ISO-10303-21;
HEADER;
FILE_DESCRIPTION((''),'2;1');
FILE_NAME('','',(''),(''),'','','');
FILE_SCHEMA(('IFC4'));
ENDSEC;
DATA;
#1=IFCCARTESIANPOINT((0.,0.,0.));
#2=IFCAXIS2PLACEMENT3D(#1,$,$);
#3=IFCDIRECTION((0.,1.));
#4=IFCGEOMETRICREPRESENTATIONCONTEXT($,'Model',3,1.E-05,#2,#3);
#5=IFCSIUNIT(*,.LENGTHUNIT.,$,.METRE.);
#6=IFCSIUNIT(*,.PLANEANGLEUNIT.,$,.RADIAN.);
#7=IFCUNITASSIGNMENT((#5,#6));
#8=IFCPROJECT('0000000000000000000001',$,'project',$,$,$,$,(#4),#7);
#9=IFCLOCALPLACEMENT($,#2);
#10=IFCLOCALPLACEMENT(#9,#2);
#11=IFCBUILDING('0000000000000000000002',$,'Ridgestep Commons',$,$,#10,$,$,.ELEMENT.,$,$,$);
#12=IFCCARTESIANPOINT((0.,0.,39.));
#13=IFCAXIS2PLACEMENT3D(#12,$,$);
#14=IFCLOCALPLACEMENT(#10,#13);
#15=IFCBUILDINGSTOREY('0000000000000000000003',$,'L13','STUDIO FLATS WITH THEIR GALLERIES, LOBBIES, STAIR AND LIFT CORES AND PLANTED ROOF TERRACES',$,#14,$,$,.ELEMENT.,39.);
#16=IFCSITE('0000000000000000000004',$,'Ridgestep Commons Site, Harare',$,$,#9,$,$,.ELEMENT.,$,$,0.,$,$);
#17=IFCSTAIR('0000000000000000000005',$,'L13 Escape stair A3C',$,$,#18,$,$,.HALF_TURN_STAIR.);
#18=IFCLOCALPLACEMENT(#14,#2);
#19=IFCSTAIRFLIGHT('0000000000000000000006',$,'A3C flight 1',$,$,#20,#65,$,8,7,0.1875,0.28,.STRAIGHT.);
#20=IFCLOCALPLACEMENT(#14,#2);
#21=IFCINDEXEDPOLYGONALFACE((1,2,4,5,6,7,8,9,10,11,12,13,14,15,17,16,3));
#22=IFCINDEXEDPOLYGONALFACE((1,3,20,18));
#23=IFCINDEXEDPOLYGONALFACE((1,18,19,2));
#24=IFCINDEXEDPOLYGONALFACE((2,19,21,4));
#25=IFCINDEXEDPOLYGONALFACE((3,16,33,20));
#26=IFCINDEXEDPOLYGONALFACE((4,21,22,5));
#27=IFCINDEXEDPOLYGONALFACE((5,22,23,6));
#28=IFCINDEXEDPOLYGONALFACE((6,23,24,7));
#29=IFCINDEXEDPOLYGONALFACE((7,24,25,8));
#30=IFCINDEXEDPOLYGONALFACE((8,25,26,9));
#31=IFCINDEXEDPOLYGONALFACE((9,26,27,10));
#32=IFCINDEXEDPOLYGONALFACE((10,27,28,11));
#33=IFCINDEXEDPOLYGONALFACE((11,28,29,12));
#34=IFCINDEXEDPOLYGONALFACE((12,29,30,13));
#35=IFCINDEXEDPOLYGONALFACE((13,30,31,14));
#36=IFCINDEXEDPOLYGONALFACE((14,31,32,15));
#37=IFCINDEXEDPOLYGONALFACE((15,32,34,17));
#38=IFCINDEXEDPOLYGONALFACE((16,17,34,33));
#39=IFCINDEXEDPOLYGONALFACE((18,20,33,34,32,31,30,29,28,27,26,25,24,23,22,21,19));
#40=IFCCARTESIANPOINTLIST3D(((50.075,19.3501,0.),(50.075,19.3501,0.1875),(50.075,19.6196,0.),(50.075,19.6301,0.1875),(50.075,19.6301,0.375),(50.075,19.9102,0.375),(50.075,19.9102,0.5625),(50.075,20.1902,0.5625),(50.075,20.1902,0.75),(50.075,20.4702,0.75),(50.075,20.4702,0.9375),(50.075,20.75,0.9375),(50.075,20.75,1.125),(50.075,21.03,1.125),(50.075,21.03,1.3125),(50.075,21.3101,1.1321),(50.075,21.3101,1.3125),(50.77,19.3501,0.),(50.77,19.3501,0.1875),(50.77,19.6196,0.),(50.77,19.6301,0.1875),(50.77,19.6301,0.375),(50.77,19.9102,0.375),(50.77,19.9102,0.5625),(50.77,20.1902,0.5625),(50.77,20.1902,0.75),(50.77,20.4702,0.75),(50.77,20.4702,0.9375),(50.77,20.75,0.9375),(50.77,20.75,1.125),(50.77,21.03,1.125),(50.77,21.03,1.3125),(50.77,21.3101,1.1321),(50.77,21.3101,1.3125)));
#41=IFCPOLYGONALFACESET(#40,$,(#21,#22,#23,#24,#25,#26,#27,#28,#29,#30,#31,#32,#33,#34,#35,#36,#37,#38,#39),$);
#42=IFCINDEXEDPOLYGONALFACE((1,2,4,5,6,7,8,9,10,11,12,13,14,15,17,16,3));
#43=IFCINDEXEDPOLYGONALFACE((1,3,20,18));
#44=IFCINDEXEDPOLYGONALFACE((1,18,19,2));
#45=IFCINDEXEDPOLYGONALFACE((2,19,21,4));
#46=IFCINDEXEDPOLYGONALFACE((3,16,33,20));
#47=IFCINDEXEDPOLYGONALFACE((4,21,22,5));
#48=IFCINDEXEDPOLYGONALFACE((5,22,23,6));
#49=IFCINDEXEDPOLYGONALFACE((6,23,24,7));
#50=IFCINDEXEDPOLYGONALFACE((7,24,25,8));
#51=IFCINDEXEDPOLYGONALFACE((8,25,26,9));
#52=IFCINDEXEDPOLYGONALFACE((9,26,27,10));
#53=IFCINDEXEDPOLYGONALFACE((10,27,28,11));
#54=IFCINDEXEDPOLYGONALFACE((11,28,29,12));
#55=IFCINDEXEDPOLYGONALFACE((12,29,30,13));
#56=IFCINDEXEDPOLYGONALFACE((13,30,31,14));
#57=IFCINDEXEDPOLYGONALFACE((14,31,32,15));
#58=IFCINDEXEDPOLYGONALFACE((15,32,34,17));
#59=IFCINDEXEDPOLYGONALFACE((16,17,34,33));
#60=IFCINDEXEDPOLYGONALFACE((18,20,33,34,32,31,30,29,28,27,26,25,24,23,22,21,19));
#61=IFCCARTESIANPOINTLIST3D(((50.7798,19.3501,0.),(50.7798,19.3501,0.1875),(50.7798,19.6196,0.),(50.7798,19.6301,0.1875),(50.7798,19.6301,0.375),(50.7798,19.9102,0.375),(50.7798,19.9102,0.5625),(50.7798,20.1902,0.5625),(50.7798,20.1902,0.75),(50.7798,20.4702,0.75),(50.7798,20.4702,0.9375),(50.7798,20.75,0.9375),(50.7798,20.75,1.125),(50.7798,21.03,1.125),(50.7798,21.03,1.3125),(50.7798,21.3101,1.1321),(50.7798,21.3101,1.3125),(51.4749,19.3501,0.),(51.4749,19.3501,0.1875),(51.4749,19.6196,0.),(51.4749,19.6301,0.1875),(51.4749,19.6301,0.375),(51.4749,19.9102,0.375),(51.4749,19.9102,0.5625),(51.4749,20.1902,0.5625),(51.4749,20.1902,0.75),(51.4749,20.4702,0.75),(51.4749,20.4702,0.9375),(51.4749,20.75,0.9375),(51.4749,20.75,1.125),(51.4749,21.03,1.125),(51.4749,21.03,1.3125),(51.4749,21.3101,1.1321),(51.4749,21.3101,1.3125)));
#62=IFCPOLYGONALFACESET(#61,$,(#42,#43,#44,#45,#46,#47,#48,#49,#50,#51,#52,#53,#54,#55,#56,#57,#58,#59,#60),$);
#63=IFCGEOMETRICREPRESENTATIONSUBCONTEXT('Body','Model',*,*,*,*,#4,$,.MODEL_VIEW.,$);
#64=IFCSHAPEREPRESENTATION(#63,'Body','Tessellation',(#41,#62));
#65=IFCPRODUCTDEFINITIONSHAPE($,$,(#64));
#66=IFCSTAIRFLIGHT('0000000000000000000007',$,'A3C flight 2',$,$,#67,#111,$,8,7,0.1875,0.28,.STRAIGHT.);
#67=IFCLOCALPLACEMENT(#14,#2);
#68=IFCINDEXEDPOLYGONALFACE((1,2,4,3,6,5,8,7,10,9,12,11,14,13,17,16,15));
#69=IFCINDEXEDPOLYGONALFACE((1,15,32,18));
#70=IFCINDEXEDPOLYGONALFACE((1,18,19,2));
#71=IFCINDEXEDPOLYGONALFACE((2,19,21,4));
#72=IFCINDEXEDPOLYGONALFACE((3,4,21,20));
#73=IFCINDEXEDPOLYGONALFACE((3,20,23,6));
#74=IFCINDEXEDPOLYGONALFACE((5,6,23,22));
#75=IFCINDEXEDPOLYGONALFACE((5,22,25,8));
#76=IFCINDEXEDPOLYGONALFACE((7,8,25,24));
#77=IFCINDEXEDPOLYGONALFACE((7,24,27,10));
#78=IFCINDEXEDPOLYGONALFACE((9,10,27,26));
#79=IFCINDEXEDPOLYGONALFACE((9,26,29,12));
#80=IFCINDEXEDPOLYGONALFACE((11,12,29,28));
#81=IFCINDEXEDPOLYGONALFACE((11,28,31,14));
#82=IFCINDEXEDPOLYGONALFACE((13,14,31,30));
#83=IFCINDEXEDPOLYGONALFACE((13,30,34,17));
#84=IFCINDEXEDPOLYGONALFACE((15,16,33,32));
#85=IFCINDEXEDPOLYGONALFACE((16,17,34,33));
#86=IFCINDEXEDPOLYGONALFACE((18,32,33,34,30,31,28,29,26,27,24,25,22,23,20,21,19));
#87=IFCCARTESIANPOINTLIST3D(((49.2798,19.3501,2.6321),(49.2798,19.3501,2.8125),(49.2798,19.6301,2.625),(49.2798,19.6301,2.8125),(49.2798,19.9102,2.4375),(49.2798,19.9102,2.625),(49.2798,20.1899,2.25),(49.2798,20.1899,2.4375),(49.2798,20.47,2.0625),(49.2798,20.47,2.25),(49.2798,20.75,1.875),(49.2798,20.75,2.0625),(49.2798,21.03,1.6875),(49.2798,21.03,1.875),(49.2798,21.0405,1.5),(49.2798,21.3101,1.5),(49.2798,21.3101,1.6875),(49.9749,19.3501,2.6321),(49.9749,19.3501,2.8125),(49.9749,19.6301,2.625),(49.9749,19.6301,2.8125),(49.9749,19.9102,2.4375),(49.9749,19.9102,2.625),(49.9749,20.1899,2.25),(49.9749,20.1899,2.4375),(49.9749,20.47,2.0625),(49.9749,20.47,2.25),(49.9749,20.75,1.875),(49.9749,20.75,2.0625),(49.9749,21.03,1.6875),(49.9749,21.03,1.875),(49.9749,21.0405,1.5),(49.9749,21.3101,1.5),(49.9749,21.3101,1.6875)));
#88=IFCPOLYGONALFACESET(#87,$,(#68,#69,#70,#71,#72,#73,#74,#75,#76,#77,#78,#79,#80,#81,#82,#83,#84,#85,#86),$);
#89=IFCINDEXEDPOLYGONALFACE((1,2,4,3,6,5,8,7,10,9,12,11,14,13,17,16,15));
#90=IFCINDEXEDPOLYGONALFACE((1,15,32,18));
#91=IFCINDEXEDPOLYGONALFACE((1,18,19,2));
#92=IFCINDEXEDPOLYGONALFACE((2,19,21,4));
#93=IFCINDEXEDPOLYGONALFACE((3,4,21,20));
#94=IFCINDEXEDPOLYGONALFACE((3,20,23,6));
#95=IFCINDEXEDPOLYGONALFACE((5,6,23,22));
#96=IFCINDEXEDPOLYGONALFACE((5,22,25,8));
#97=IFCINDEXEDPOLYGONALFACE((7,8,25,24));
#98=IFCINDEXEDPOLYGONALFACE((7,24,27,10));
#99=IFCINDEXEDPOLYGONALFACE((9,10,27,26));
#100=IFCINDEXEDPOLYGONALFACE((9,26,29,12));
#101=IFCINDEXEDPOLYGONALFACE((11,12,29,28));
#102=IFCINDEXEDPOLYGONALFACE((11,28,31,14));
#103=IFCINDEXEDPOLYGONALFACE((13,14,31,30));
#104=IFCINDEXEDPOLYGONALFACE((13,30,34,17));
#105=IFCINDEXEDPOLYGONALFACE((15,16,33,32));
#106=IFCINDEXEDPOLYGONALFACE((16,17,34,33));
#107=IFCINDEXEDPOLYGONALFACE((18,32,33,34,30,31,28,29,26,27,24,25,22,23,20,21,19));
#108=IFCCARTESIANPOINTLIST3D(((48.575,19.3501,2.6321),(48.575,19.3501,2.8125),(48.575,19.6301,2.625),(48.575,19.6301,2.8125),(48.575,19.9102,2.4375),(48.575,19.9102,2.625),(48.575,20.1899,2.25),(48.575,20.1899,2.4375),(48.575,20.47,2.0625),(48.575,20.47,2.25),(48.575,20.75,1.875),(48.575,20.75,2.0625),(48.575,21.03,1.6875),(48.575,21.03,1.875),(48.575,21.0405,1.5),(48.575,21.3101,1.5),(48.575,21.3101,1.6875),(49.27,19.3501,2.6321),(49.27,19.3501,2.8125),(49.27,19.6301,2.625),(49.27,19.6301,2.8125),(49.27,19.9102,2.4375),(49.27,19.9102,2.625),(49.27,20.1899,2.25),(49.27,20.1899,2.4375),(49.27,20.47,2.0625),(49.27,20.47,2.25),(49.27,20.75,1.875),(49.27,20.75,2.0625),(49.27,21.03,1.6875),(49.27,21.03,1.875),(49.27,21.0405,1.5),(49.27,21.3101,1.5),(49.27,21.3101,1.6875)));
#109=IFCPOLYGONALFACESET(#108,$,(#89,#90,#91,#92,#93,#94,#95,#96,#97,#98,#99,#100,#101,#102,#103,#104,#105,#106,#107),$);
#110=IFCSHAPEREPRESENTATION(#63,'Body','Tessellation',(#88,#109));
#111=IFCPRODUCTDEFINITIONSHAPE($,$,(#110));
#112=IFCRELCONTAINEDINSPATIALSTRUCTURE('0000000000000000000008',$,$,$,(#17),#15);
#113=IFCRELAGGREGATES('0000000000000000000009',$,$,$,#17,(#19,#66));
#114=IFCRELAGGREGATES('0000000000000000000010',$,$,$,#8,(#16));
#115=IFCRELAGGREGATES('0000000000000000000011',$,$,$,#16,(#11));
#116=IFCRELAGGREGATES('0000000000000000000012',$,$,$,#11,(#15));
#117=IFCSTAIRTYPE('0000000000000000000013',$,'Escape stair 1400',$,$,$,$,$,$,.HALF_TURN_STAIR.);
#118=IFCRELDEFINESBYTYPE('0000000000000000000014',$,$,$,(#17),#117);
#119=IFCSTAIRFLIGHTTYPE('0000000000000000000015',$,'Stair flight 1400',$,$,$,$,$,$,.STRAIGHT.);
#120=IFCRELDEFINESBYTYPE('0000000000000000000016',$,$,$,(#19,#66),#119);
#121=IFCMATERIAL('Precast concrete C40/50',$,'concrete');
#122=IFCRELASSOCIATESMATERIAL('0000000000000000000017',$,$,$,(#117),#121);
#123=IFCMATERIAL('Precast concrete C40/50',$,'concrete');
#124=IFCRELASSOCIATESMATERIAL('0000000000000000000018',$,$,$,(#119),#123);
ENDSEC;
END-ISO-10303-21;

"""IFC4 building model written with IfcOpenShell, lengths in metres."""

from ifc_helpers import new_model, si_unit, direction, frame, origin, place, context, subcontext, project, spatial, polyline, outline, extrude, material, type_object, element, aggregate, save


model = new_model("IFC4")

# Units and contexts
model_context = context("Model", 3, precision=1e-05, world=origin(), true_north=direction((0.0, 1.0)))
body_context = subcontext(model_context, "Body", "Model", "MODEL_VIEW")
ifc_project = project(units=[si_unit("LENGTHUNIT", "METRE"), si_unit("PLANEANGLEUNIT", "RADIAN")], contexts=[model_context])

# Site, building, storey
site_placement = place(None, origin())
site = spatial("IfcSite", under=ifc_project, at=site_placement, Name="Ridgestep Commons Site, Harare", CompositionType="ELEMENT", RefElevation=0.0)
building_placement = place(site_placement, origin())
building = spatial("IfcBuilding", under=site, at=building_placement, Name="Ridgestep Commons", CompositionType="ELEMENT")
storey_placement = place(building_placement, frame((0.0, 0.0, 39.0)))
storey = spatial("IfcBuildingStorey", under=building, at=storey_placement, Name="L13", Description="STUDIO FLATS WITH THEIR GALLERIES, LOBBIES, STAIR AND LIFT CORES AND PLANTED ROOF TERRACES", CompositionType="ELEMENT", Elevation=39.0)

# Stair, stair flights
ifc_material_1 = material(Name="Precast concrete C40/50", Category="concrete")
stair_type = type_object("IfcStairType", Name="Escape stair 1400", PredefinedType="HALF_TURN_STAIR", material=ifc_material_1)
stair_placement = place(storey_placement, origin())
stair = element("IfcStair", 1, at=stair_placement, inside=storey, type_object=stair_type, Name="L13 Escape stair A3C", PredefinedType="HALF_TURN_STAIR")
ifc_material_2 = material(Name="Precast concrete C40/50", Category="concrete")
stair_flight_type = type_object("IfcStairFlightType", Name="Stair flight 1400", PredefinedType="STRAIGHT", material=ifc_material_2)
stair_flight_1_placement = place(storey_placement, frame((50.7749, 19.3501, 0.0), z_axis=(0.0, 0.0, 1.0), x_axis=(0.0, 1.0, 0.0)))
stair_flight_1 = element("IfcStairFlight", 2, at=stair_flight_1_placement, type_object=stair_flight_type, Name="A3C flight 1", NumberOfRisers=8, NumberOfTreads=7, PredefinedType="STRAIGHT", RiserHeight=0.1875, TreadLength=0.28, context=body_context, shape_type="SweptSolid", body=[
    extrude(outline(polyline([(0.0, 0.0), (0.0, 0.1875), (0.28, 0.1875), (0.28, 0.375), (0.5601, 0.375), (0.5601, 0.5625), (0.8401, 0.5625), (0.8401, 0.75), (1.1201, 0.75), (1.1201, 0.9375), (1.3999, 0.9375), (1.3999, 1.125), (1.6799, 1.125), (1.6799, 1.3125), (1.96, 1.3125), (1.96, 1.5), (1.96, 1.1321), (0.2695, 0.0), (0.0, 0.0)])), frame((0.0, 0.7, 0.0), z_axis=(0.0, -1.0, 0.0), x_axis=(1.0, 0.0, 0.0)), (0.0, 0.0, 1.0), 0.6951),
    extrude(outline(polyline([(0.0, 0.0), (0.0, 0.1875), (0.28, 0.1875), (0.28, 0.375), (0.5601, 0.375), (0.5601, 0.5625), (0.8401, 0.5625), (0.8401, 0.75), (1.1201, 0.75), (1.1201, 0.9375), (1.3999, 0.9375), (1.3999, 1.125), (1.6799, 1.125), (1.6799, 1.3125), (1.96, 1.3125), (1.96, 1.5), (1.96, 1.1321), (0.2695, 0.0), (0.0, 0.0)])), frame((0.0, -0.0049, 0.0), z_axis=(0.0, -1.0, 0.0), x_axis=(1.0, 0.0, 0.0)), (0.0, 0.0, 1.0), 0.6951),
])
stair_flight_2_placement = place(storey_placement, frame((49.2749, 21.3101, 1.5), z_axis=(0.0, 0.0, 1.0), x_axis=(0.0, -1.0, 0.0)))
stair_flight_2 = element("IfcStairFlight", 3, at=stair_flight_2_placement, type_object=stair_flight_type, Name="A3C flight 2", NumberOfRisers=8, NumberOfTreads=7, PredefinedType="STRAIGHT", RiserHeight=0.1875, TreadLength=0.28, context=body_context, shape_type="SweptSolid", body=[
    extrude(outline(polyline([(0.0, 0.0), (0.0, 0.1875), (0.28, 0.1875), (0.28, 0.375), (0.5601, 0.375), (0.5601, 0.5625), (0.8401, 0.5625), (0.8401, 0.75), (1.1201, 0.75), (1.1201, 0.9375), (1.3999, 0.9375), (1.3999, 1.125), (1.6799, 1.125), (1.6799, 1.3125), (1.96, 1.3125), (1.96, 1.5), (1.96, 1.1321), (0.2695, 0.0), (0.0, 0.0)])), frame((0.0, 0.7, 0.0), z_axis=(0.0, -1.0, 0.0), x_axis=(1.0, 0.0, 0.0)), (0.0, 0.0, 1.0), 0.6951),
    extrude(outline(polyline([(0.0, 0.0), (0.0, 0.1875), (0.28, 0.1875), (0.28, 0.375), (0.5601, 0.375), (0.5601, 0.5625), (0.8401, 0.5625), (0.8401, 0.75), (1.1201, 0.75), (1.1201, 0.9375), (1.3999, 0.9375), (1.3999, 1.125), (1.6799, 1.125), (1.6799, 1.3125), (1.96, 1.3125), (1.96, 1.5), (1.96, 1.1321), (0.2695, 0.0), (0.0, 0.0)])), frame((0.0, -0.0049, 0.0), z_axis=(0.0, -1.0, 0.0), x_axis=(1.0, 0.0, 0.0)), (0.0, 0.0, 1.0), 0.6951),
])
aggregate(stair, [stair_flight_1, stair_flight_2])

save(model, "model.ifc")
